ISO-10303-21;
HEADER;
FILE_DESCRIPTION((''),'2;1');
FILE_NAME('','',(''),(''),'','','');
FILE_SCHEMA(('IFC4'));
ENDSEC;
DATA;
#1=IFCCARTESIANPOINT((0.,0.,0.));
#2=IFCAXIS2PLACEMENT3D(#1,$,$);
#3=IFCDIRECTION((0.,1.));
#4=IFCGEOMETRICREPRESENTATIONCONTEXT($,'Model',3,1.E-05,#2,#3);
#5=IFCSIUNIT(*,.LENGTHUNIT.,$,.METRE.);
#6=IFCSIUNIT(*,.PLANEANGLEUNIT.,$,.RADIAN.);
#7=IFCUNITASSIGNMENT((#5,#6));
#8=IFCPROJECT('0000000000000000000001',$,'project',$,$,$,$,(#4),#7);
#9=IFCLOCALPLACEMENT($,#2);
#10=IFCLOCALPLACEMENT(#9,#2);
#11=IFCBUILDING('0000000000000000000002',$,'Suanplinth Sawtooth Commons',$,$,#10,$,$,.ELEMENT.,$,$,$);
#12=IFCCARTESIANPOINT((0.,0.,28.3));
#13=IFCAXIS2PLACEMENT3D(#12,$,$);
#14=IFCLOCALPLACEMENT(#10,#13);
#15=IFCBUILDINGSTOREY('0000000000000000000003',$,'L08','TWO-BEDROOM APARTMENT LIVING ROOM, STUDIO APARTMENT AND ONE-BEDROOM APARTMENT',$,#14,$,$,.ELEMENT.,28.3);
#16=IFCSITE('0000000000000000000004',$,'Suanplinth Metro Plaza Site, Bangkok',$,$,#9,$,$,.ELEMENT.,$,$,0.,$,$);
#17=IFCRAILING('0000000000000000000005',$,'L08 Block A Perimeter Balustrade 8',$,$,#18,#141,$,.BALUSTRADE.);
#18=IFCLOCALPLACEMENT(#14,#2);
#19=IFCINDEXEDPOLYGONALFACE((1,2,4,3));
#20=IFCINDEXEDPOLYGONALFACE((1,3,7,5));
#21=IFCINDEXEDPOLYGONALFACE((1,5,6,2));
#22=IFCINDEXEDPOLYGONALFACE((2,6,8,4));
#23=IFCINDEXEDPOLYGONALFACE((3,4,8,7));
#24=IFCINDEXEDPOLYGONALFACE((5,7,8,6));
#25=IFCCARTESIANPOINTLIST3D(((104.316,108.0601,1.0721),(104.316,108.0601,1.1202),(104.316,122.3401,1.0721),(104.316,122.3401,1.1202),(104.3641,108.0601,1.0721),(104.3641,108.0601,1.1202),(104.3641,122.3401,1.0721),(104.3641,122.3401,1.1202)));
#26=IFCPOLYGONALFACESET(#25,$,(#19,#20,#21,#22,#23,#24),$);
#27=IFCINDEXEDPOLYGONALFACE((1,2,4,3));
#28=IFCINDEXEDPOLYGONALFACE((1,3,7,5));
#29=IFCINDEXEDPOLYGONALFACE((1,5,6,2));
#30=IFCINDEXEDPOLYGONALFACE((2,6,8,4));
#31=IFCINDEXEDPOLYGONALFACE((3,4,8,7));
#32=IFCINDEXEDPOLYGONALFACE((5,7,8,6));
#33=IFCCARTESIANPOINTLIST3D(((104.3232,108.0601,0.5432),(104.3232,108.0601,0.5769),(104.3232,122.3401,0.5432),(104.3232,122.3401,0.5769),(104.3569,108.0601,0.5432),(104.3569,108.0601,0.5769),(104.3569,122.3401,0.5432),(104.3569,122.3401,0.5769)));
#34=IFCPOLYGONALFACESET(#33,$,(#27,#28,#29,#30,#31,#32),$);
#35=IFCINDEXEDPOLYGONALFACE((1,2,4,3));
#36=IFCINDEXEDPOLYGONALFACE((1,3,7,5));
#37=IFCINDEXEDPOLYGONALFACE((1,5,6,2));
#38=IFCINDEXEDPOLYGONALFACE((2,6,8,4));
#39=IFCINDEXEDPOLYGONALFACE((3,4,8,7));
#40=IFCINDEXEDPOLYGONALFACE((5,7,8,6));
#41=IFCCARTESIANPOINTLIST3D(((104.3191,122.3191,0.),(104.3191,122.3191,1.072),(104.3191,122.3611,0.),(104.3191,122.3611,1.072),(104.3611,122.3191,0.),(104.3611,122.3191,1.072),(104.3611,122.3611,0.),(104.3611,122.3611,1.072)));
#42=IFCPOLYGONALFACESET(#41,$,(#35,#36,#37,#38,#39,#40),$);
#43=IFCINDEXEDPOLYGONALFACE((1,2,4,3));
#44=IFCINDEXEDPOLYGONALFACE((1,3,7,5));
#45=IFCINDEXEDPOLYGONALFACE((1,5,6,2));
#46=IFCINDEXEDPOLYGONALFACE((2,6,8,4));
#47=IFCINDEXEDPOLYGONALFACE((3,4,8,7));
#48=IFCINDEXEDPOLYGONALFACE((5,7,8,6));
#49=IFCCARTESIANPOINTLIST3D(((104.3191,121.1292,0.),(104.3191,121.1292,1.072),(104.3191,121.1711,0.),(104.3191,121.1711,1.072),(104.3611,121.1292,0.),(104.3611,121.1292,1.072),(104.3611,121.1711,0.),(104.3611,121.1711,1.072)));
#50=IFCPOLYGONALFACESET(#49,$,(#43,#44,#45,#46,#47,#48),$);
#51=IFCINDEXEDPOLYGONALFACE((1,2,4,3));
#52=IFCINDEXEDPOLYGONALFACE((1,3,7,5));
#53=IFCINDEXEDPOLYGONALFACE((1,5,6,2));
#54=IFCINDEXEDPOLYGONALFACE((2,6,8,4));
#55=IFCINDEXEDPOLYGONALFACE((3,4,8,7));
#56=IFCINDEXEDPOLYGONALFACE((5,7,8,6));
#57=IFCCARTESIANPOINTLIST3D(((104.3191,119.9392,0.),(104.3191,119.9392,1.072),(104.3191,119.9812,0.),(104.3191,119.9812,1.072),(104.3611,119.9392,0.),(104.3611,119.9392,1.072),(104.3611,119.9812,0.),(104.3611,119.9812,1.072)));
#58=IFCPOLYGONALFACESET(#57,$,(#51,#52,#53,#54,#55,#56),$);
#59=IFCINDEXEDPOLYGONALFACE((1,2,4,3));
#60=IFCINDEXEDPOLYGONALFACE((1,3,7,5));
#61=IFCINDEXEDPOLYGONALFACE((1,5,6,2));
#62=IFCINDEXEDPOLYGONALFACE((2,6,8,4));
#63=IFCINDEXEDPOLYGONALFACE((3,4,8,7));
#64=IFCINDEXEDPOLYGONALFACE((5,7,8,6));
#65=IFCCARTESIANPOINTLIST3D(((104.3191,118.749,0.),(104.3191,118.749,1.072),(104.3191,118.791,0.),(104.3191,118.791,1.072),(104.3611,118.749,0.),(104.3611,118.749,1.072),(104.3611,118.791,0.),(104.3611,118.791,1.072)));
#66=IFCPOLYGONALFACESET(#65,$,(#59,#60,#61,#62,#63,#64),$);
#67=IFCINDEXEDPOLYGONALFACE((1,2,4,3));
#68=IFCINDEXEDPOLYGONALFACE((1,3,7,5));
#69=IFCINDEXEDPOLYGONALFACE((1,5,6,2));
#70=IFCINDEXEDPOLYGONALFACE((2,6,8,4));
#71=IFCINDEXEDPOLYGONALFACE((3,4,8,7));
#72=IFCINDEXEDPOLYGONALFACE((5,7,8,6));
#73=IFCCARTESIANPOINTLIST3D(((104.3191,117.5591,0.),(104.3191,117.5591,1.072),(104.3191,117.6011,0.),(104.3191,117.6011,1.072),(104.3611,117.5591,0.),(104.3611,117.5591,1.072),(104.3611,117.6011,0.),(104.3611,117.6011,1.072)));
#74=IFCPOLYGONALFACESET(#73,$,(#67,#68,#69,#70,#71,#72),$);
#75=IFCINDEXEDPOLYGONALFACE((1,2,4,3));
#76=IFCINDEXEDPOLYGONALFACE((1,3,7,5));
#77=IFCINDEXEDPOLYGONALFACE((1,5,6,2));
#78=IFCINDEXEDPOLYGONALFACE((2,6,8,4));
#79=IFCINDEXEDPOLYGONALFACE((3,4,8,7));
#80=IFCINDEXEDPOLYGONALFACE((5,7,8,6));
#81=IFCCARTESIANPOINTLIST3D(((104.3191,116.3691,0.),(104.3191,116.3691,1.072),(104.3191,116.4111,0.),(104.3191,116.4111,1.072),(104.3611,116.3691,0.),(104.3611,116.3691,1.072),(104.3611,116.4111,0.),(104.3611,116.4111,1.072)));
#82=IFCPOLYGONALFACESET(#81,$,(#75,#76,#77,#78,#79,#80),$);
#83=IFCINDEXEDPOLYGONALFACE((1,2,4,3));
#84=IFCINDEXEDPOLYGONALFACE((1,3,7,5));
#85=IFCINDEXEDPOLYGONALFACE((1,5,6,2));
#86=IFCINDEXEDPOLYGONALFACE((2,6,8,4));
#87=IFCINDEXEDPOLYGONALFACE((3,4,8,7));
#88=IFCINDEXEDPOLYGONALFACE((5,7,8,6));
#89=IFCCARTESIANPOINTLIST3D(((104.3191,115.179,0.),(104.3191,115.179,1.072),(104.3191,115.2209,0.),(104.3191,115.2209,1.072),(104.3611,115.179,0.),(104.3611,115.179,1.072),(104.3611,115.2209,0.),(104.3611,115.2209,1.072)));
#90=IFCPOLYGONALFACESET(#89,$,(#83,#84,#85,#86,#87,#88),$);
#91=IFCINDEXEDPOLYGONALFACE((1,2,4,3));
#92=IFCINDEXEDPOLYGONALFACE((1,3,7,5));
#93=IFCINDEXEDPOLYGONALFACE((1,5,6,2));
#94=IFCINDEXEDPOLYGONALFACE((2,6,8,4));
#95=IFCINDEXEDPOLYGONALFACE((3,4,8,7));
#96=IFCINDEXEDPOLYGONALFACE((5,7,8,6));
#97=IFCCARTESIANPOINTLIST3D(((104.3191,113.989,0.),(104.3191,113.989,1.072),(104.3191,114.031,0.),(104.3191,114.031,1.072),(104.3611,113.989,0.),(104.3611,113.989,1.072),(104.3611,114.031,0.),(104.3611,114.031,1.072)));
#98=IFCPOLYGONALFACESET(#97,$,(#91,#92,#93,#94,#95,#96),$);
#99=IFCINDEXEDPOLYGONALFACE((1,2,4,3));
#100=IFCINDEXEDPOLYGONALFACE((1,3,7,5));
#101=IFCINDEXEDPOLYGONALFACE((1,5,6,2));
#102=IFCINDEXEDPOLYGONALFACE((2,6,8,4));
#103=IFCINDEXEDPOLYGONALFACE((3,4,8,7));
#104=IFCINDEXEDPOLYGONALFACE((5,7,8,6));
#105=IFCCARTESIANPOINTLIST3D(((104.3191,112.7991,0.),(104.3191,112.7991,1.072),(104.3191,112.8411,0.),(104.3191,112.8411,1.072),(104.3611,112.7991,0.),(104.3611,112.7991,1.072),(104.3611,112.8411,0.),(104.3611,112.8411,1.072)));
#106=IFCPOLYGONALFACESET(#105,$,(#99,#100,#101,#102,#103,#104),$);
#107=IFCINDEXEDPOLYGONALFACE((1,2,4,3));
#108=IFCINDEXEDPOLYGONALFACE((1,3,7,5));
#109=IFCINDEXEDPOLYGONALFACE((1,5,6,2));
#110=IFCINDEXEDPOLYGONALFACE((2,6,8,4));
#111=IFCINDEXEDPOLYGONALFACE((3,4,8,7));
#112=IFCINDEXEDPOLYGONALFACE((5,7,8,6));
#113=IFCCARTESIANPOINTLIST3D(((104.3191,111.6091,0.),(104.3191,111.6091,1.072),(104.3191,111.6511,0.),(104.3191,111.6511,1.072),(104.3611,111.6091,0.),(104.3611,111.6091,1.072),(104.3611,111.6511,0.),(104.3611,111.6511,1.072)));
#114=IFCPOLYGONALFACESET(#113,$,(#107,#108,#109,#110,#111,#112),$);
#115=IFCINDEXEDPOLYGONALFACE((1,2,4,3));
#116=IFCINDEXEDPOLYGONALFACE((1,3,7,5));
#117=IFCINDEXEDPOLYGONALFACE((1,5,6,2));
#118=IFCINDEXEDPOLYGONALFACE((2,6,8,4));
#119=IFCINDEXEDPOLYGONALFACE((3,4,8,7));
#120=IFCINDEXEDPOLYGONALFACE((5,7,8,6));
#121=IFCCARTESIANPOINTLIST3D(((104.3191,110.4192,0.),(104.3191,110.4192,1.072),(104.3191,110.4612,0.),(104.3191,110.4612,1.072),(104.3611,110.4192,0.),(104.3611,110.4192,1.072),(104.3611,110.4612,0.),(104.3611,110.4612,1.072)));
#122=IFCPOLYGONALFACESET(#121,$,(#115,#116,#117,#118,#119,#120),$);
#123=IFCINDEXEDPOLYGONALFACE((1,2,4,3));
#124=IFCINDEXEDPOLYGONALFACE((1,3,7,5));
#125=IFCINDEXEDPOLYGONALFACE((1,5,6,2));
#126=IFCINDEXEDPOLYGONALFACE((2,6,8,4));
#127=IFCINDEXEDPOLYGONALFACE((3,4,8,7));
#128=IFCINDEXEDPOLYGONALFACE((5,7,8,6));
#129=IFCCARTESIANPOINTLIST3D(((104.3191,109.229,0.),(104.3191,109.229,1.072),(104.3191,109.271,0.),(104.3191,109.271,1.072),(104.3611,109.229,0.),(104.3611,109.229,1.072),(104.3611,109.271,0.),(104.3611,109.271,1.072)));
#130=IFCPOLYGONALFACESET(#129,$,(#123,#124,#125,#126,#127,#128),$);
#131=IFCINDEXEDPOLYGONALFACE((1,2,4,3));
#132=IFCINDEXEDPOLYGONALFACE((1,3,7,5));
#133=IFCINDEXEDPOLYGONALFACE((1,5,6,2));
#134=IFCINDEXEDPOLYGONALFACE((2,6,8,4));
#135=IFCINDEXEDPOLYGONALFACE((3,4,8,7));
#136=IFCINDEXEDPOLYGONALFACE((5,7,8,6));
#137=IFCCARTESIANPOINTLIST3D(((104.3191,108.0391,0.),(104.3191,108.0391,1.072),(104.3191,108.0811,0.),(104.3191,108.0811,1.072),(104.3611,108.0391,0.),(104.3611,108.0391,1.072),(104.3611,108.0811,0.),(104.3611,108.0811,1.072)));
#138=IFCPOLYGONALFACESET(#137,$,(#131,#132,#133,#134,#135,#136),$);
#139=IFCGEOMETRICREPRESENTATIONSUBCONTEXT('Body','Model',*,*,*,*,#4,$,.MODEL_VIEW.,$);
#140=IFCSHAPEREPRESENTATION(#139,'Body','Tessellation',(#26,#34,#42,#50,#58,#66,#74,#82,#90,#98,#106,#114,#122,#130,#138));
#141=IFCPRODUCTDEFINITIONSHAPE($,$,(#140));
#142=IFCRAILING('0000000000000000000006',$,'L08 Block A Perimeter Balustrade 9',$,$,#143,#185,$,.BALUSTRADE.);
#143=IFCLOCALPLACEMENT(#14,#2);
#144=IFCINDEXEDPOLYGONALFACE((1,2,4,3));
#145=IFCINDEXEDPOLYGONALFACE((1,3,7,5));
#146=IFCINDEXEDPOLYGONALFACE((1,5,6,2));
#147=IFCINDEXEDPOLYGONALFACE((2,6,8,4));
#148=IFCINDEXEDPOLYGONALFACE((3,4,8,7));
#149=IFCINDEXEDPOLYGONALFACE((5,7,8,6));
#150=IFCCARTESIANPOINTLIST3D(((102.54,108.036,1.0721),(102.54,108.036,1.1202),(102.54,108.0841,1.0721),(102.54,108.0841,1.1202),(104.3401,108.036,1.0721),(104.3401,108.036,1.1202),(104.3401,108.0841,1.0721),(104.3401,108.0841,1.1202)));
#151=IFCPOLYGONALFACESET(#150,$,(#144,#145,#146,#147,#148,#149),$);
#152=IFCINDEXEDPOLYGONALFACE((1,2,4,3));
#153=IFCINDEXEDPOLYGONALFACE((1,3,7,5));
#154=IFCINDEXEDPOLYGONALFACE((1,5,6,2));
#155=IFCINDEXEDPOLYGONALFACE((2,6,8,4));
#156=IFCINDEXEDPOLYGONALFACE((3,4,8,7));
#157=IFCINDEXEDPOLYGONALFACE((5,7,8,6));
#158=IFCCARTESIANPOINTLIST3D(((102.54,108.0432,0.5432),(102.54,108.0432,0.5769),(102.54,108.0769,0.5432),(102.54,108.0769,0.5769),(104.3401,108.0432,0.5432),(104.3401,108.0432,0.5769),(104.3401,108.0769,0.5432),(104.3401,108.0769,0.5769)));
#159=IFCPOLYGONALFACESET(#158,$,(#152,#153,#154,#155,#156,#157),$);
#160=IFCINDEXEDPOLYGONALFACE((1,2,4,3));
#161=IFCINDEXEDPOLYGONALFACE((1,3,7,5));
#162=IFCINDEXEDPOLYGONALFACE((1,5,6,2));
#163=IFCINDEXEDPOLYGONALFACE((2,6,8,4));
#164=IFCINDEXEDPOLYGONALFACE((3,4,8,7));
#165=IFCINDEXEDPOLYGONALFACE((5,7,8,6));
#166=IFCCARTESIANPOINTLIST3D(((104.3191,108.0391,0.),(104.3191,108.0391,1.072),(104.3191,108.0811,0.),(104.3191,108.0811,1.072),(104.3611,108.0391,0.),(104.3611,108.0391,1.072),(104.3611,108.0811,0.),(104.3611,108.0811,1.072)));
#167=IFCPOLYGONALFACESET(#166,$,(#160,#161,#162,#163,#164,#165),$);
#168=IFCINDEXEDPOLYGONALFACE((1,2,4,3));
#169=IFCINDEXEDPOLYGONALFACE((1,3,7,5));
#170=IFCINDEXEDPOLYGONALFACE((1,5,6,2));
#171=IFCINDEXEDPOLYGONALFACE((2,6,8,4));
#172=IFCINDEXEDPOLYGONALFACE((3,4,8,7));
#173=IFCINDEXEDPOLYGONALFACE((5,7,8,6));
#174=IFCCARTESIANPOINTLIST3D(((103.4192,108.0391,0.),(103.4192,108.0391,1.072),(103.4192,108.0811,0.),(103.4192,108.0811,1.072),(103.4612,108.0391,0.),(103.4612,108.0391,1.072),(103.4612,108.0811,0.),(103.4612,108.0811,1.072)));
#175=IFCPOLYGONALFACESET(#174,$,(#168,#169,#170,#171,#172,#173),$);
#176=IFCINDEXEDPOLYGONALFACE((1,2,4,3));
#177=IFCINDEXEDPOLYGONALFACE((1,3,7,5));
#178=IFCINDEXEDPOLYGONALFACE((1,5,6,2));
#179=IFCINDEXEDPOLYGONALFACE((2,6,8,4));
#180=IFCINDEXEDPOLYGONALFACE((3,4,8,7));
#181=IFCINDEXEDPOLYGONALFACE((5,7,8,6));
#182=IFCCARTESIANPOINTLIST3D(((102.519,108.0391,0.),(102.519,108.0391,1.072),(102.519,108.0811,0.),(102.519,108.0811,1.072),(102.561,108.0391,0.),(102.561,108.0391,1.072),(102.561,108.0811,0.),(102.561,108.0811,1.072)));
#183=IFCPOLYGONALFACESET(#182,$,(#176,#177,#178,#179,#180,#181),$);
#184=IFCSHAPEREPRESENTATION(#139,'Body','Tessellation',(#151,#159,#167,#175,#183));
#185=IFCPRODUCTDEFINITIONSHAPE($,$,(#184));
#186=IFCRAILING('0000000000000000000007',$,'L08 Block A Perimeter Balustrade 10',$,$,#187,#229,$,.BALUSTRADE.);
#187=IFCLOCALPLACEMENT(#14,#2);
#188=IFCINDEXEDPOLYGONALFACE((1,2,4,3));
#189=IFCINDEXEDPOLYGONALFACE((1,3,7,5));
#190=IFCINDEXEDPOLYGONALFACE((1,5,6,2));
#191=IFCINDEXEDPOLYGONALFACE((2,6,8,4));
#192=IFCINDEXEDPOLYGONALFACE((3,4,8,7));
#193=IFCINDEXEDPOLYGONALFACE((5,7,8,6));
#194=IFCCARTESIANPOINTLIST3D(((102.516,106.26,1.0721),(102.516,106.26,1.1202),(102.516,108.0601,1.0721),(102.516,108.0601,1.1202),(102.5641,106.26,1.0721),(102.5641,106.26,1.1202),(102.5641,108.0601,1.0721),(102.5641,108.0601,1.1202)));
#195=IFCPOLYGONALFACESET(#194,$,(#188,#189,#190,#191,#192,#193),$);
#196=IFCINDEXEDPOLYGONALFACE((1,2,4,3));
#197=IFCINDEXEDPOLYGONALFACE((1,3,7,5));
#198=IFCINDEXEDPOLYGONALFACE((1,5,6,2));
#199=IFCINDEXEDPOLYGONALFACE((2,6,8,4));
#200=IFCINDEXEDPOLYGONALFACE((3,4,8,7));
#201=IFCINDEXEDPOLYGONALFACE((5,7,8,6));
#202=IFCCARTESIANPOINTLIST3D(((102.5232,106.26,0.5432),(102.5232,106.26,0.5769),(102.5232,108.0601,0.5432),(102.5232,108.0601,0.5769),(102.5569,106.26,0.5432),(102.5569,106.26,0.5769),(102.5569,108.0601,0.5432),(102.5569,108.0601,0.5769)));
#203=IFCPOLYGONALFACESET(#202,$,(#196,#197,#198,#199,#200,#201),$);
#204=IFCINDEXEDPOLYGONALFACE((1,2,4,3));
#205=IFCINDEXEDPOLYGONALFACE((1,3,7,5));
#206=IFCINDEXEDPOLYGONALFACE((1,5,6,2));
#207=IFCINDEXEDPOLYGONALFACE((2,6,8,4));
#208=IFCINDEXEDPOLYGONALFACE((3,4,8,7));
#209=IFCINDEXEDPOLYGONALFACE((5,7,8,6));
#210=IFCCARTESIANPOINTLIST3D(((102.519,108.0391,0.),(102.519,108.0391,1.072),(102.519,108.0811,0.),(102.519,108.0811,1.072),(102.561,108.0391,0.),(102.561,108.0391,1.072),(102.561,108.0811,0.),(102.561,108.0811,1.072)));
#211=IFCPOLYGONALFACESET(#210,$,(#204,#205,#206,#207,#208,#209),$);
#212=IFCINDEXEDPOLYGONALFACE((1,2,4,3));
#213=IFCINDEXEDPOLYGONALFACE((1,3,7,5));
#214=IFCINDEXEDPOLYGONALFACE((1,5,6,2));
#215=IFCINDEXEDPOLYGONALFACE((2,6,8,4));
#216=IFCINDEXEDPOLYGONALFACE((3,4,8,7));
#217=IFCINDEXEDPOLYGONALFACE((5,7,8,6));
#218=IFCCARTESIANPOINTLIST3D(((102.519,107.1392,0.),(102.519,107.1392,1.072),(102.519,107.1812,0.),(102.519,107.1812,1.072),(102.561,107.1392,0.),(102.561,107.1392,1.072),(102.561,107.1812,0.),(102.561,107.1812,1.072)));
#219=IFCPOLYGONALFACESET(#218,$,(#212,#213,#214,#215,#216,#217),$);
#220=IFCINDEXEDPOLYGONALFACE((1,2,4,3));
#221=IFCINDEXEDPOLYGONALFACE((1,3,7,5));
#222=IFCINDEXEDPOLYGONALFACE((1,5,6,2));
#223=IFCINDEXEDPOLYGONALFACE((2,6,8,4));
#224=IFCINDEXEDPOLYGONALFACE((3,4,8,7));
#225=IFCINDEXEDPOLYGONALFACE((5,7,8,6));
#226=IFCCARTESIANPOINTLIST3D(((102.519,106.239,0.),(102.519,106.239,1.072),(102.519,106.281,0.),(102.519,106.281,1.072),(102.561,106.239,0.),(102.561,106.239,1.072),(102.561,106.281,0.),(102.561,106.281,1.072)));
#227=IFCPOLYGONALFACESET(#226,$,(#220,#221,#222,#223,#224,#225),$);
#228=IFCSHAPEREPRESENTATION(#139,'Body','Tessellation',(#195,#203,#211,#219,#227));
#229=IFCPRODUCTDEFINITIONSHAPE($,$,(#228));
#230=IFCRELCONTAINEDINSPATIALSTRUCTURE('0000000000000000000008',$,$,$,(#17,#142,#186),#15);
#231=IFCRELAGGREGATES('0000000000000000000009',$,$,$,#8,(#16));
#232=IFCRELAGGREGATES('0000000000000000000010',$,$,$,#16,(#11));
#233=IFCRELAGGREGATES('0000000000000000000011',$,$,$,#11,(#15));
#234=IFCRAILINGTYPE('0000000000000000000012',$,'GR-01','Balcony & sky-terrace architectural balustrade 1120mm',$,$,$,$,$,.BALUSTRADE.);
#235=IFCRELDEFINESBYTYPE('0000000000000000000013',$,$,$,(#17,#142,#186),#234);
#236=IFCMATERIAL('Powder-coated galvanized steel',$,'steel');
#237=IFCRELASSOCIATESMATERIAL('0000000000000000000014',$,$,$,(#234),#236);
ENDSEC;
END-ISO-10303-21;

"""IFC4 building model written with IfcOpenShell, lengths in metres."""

from ifc_helpers import new_model, si_unit, direction, frame, origin, origin_2d, place, context, subcontext, project, spatial, rectangle, extrude, material, type_object, element, save


model = new_model("IFC4")

# Units and contexts
model_context = context("Model", 3, precision=1e-05, world=origin(), true_north=direction((0.0, 1.0)))
body_context = subcontext(model_context, "Body", "Model", "MODEL_VIEW")
ifc_project = project(units=[si_unit("LENGTHUNIT", "METRE"), si_unit("PLANEANGLEUNIT", "RADIAN")], contexts=[model_context])

# Site, building, storey
site_placement = place(None, origin())
site = spatial("IfcSite", under=ifc_project, at=site_placement, Name="Suanplinth Metro Plaza Site, Bangkok", CompositionType="ELEMENT", RefElevation=0.0)
building_placement = place(site_placement, origin())
building = spatial("IfcBuilding", under=site, at=building_placement, Name="Suanplinth Sawtooth Commons", CompositionType="ELEMENT")
storey_placement = place(building_placement, frame((0.0, 0.0, 28.3)))
storey = spatial("IfcBuildingStorey", under=building, at=storey_placement, Name="L08", Description="TWO-BEDROOM APARTMENT LIVING ROOM, STUDIO APARTMENT AND ONE-BEDROOM APARTMENT", CompositionType="ELEMENT", Elevation=28.3)

# Railings
ifc_material_1 = material(Name="Powder-coated galvanized steel", Category="steel")
railing_type = type_object("IfcRailingType", Name="GR-01", Description="Balcony & sky-terrace architectural balustrade 1120mm", PredefinedType="BALUSTRADE", material=ifc_material_1)
railing_1_placement = place(storey_placement, frame((104.3401, 122.3401, 0.0)))
element("IfcRailing", 1, at=railing_1_placement, inside=storey, type_object=railing_type, Name="L08 Block A Perimeter Balustrade 8", PredefinedType="BALUSTRADE", context=body_context, shape_type="SweptSolid", body=[
    extrude(rectangle(XDim=0.0481, YDim=0.0481, at=origin_2d()), frame((0.0, 0.0, 1.0962), z_axis=(0.0, -1.0, 0.0), x_axis=(1.0, 0.0, 0.0)), (0.0, 0.0, 1.0), 14.28),
    extrude(rectangle(XDim=0.0337, YDim=0.0337, at=origin_2d()), frame((0.0, 0.0, 0.5601), z_axis=(0.0, -1.0, 0.0), x_axis=(1.0, 0.0, 0.0)), (0.0, 0.0, 1.0), 14.28),
    extrude(rectangle(XDim=0.042, YDim=0.042, at=origin_2d()), origin(), (0.0, 0.0, 1.0), 1.072),
    extrude(rectangle(XDim=0.042, YDim=0.042, at=origin_2d()), frame((0.0, -1.1899, 0.0)), (0.0, 0.0, 1.0), 1.072),
    extrude(rectangle(XDim=0.042, YDim=0.042, at=origin_2d()), frame((0.0, -2.3799, 0.0)), (0.0, 0.0, 1.0), 1.072),
    extrude(rectangle(XDim=0.042, YDim=0.042, at=origin_2d()), frame((0.0, -3.5701, 0.0)), (0.0, 0.0, 1.0), 1.072),
    extrude(rectangle(XDim=0.042, YDim=0.042, at=origin_2d()), frame((0.0, -4.76, 0.0)), (0.0, 0.0, 1.0), 1.072),
    extrude(rectangle(XDim=0.042, YDim=0.042, at=origin_2d()), frame((0.0, -5.95, 0.0)), (0.0, 0.0, 1.0), 1.072),
    extrude(rectangle(XDim=0.042, YDim=0.042, at=origin_2d()), frame((0.0, -7.1401, 0.0)), (0.0, 0.0, 1.0), 1.072),
    extrude(rectangle(XDim=0.042, YDim=0.042, at=origin_2d()), frame((0.0, -8.3301, 0.0)), (0.0, 0.0, 1.0), 1.072),
    extrude(rectangle(XDim=0.042, YDim=0.042, at=origin_2d()), frame((0.0, -9.52, 0.0)), (0.0, 0.0, 1.0), 1.072),
    extrude(rectangle(XDim=0.042, YDim=0.042, at=origin_2d()), frame((0.0, -10.71, 0.0)), (0.0, 0.0, 1.0), 1.072),
    extrude(rectangle(XDim=0.042, YDim=0.042, at=origin_2d()), frame((0.0, -11.8999, 0.0)), (0.0, 0.0, 1.0), 1.072),
    extrude(rectangle(XDim=0.042, YDim=0.042, at=origin_2d()), frame((0.0, -13.0901, 0.0)), (0.0, 0.0, 1.0), 1.072),
    extrude(rectangle(XDim=0.042, YDim=0.042, at=origin_2d()), frame((0.0, -14.28, 0.0)), (0.0, 0.0, 1.0), 1.072),
])
railing_2_placement = place(storey_placement, frame((104.3401, 108.0601, 0.0)))
element("IfcRailing", 2, at=railing_2_placement, inside=storey, type_object=railing_type, Name="L08 Block A Perimeter Balustrade 9", PredefinedType="BALUSTRADE", context=body_context, shape_type="SweptSolid", body=[
    extrude(rectangle(XDim=0.0481, YDim=0.0481, at=origin_2d()), frame((0.0, 0.0, 1.0962), z_axis=(-1.0, 0.0, 0.0), x_axis=(0.0, -1.0, 0.0)), (0.0, 0.0, 1.0), 1.8),
    extrude(rectangle(XDim=0.0337, YDim=0.0337, at=origin_2d()), frame((0.0, 0.0, 0.5601), z_axis=(-1.0, 0.0, 0.0), x_axis=(0.0, -1.0, 0.0)), (0.0, 0.0, 1.0), 1.8),
    extrude(rectangle(XDim=0.042, YDim=0.042, at=origin_2d()), origin(), (0.0, 0.0, 1.0), 1.072),
    extrude(rectangle(XDim=0.042, YDim=0.042, at=origin_2d()), frame((-0.8999, 0.0, 0.0)), (0.0, 0.0, 1.0), 1.072),
    extrude(rectangle(XDim=0.042, YDim=0.042, at=origin_2d()), frame((-1.8, 0.0, 0.0)), (0.0, 0.0, 1.0), 1.072),
])
railing_3_placement = place(storey_placement, frame((102.54, 108.0601, 0.0)))
element("IfcRailing", 3, at=railing_3_placement, inside=storey, type_object=railing_type, Name="L08 Block A Perimeter Balustrade 10", PredefinedType="BALUSTRADE", context=body_context, shape_type="SweptSolid", body=[
    extrude(rectangle(XDim=0.0481, YDim=0.0481, at=origin_2d()), frame((0.0, 0.0, 1.0962), z_axis=(0.0, -1.0, 0.0), x_axis=(1.0, 0.0, 0.0)), (0.0, 0.0, 1.0), 1.8),
    extrude(rectangle(XDim=0.0337, YDim=0.0337, at=origin_2d()), frame((0.0, 0.0, 0.5601), z_axis=(0.0, -1.0, 0.0), x_axis=(1.0, 0.0, 0.0)), (0.0, 0.0, 1.0), 1.8),
    extrude(rectangle(XDim=0.042, YDim=0.042, at=origin_2d()), origin(), (0.0, 0.0, 1.0), 1.072),
    extrude(rectangle(XDim=0.042, YDim=0.042, at=origin_2d()), frame((0.0, -0.8999, 0.0)), (0.0, 0.0, 1.0), 1.072),
    extrude(rectangle(XDim=0.042, YDim=0.042, at=origin_2d()), frame((0.0, -1.8, 0.0)), (0.0, 0.0, 1.0), 1.072),
])

save(model, "model.ifc")
